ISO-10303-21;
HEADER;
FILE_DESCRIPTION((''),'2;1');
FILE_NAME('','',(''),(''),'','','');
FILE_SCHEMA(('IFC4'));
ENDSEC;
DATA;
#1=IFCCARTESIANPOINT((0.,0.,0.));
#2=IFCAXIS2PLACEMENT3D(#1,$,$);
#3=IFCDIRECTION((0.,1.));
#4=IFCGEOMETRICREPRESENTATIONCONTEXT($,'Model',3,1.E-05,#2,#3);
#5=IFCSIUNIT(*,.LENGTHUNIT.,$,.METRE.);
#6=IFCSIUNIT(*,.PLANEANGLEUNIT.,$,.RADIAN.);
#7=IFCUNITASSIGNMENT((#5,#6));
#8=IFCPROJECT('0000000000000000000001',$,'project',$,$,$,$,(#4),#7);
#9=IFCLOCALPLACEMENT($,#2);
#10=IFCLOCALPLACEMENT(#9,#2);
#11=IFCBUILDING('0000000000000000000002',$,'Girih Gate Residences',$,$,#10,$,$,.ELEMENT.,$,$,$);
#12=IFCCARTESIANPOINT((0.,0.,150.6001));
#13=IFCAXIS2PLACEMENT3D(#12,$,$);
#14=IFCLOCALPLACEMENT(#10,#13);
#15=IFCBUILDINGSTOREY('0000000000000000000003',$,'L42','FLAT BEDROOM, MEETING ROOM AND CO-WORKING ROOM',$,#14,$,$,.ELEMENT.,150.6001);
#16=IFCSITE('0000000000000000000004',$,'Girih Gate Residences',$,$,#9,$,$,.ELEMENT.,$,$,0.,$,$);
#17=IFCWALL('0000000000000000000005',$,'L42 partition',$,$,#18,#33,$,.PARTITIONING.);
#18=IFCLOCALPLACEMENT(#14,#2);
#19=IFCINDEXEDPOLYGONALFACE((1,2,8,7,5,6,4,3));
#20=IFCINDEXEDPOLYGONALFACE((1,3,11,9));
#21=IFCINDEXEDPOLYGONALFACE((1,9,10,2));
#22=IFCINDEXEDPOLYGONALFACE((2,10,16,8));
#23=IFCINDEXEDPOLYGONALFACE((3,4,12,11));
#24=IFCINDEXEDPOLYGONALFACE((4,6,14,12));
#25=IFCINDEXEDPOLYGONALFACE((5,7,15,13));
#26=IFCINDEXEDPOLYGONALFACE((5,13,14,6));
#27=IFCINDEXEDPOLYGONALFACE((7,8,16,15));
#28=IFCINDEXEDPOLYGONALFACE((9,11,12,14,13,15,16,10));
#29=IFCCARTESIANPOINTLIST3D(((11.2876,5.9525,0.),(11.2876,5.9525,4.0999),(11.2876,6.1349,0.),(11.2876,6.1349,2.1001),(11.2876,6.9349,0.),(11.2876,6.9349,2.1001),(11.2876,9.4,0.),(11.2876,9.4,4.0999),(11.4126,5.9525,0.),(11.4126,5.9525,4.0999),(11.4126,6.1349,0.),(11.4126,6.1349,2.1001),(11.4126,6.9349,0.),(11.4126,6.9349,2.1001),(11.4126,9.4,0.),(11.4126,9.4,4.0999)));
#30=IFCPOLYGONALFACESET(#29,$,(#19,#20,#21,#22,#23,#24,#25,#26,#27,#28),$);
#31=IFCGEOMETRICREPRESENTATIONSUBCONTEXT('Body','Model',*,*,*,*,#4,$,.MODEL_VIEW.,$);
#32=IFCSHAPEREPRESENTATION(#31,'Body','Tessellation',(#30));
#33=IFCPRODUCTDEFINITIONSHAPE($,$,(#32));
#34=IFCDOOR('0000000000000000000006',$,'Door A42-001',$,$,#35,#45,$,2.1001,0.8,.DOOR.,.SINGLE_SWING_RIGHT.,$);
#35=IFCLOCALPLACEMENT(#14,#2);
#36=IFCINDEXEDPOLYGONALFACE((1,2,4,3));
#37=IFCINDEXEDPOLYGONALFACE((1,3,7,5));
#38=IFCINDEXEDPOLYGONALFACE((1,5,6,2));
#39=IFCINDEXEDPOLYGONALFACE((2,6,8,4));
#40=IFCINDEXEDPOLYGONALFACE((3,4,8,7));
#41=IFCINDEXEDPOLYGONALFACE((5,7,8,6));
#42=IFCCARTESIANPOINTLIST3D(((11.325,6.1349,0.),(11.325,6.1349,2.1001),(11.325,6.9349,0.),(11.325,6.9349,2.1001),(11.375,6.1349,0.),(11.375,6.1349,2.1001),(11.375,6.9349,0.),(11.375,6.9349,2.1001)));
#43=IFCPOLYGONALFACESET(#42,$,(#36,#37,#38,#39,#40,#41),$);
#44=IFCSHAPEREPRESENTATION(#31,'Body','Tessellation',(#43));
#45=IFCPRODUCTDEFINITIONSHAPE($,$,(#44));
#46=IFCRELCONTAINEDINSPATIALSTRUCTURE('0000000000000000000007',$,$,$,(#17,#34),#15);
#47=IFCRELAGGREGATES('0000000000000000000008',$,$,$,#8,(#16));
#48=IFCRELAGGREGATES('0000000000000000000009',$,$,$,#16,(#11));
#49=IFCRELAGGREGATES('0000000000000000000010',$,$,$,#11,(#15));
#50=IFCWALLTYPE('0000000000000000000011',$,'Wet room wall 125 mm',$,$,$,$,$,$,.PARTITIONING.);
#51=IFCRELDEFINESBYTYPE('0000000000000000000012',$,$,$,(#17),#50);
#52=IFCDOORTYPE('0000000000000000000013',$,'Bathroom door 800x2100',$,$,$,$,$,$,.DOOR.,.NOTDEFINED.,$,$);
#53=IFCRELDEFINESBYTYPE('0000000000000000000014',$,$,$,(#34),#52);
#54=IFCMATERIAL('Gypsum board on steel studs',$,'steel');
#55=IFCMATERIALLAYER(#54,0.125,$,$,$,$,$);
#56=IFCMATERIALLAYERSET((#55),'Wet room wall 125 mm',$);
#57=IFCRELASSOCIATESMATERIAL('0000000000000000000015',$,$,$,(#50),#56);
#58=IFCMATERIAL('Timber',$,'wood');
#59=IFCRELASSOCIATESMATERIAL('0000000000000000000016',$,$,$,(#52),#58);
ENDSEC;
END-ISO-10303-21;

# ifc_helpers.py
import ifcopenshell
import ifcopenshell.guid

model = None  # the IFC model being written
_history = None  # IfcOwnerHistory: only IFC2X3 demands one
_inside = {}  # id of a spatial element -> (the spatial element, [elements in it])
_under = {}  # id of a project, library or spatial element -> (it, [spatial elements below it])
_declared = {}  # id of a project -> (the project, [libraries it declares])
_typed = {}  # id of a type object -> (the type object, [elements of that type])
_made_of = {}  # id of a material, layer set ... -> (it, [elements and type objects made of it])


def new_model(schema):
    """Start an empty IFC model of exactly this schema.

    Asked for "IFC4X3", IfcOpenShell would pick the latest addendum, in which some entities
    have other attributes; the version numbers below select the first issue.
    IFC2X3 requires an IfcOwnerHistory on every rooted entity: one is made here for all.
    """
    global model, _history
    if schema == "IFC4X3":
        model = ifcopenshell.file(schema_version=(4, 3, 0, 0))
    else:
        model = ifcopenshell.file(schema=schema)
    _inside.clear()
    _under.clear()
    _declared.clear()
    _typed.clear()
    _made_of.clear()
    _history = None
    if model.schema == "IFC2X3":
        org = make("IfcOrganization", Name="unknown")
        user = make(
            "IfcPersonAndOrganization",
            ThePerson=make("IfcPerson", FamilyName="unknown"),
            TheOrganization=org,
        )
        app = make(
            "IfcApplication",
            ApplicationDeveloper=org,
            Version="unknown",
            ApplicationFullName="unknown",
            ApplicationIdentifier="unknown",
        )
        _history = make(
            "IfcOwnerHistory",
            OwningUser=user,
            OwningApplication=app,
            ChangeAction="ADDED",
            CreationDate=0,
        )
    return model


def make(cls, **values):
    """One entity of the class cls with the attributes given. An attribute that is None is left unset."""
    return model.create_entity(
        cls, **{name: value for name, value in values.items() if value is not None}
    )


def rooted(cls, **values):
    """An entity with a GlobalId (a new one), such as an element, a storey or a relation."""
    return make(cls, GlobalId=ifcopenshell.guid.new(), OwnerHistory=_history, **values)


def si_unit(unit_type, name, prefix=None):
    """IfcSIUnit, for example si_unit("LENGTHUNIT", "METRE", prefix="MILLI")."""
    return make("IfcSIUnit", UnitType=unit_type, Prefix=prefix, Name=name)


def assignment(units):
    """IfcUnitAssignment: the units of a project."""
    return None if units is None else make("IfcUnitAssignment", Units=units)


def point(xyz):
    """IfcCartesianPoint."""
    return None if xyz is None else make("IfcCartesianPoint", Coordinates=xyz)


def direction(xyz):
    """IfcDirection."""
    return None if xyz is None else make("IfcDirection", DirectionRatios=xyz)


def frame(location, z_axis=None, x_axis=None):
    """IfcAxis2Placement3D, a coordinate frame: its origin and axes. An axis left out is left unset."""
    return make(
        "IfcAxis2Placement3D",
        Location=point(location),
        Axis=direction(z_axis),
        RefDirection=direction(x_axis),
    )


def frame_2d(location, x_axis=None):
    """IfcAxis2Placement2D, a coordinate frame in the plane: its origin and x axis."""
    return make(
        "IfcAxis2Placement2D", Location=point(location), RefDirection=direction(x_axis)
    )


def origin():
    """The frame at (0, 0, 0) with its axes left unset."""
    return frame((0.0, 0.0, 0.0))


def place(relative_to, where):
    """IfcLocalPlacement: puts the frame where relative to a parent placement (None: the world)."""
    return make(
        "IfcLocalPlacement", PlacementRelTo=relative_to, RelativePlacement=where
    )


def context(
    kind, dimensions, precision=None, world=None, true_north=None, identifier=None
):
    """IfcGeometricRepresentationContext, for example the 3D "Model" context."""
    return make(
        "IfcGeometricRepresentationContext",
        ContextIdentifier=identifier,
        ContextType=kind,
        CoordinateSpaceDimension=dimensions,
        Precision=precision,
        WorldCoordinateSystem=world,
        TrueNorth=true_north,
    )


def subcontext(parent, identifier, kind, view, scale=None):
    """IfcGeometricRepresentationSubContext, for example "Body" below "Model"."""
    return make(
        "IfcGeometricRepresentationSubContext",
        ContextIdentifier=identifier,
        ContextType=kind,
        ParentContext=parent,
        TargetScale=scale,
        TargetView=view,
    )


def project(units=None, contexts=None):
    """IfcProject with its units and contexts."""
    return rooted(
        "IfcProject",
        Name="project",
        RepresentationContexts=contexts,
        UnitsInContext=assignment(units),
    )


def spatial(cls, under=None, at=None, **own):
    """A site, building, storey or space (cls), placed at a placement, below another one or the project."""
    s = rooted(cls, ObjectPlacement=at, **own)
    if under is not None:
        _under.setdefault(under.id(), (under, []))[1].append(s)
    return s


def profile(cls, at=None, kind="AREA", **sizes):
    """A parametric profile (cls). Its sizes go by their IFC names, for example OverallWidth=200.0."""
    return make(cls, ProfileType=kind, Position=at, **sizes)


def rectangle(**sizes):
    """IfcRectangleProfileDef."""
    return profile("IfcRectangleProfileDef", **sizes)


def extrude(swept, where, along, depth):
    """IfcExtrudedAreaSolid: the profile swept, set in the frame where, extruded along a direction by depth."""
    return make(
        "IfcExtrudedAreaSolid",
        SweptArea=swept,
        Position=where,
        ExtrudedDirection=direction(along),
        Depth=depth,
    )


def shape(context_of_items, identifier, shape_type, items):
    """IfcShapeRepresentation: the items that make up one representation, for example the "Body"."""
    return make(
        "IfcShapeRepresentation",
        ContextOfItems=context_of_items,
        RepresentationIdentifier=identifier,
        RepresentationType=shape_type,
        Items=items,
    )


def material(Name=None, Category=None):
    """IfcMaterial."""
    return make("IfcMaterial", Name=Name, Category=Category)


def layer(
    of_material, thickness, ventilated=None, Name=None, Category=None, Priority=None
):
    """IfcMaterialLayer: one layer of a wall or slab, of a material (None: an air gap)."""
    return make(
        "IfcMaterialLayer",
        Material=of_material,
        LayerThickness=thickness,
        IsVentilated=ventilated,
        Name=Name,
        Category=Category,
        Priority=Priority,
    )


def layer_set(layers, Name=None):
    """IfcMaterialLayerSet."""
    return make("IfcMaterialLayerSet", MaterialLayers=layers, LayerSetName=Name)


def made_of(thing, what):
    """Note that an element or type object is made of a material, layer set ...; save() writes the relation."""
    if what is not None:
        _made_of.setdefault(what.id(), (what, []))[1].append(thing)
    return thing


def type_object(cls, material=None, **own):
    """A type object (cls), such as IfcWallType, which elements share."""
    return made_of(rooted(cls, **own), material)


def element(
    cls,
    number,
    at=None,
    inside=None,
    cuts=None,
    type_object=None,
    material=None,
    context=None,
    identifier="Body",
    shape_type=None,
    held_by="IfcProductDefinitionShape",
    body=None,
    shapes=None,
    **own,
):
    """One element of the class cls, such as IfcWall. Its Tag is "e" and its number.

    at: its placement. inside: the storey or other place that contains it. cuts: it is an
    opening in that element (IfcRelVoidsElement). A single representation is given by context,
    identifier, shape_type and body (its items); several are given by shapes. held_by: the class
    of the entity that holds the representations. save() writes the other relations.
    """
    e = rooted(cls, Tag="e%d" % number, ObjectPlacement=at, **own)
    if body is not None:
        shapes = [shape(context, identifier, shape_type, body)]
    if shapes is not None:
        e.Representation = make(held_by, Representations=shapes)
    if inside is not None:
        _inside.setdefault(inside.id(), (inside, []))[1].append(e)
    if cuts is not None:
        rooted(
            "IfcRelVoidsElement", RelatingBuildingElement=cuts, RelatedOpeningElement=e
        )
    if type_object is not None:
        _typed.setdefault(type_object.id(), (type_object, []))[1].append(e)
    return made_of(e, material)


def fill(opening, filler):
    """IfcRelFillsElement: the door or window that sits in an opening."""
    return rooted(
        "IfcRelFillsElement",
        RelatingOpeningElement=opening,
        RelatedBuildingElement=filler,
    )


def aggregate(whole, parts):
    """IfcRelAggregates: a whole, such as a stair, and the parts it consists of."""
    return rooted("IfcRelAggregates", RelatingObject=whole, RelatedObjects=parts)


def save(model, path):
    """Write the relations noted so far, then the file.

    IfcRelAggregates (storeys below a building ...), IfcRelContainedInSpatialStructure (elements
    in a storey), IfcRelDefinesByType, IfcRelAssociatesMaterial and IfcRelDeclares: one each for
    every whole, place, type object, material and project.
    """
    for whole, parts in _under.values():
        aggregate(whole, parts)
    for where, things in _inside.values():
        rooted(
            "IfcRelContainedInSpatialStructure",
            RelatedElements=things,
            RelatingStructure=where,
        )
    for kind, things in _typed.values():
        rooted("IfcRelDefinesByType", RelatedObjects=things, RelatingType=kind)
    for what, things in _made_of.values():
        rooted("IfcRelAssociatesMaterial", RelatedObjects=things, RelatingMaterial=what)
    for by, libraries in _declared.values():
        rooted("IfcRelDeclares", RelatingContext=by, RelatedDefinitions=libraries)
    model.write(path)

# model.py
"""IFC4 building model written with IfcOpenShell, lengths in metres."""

from ifc_helpers import new_model, si_unit, direction, frame, frame_2d, origin, place, context, subcontext, project, spatial, rectangle, extrude, material, layer, layer_set, type_object, element, fill, save


model = new_model("IFC4")

# Units and contexts
model_context = context("Model", 3, precision=1e-05, world=origin(), true_north=direction((0.0, 1.0)))
body_context = subcontext(model_context, "Body", "Model", "MODEL_VIEW")
ifc_project = project(units=[si_unit("LENGTHUNIT", "METRE"), si_unit("PLANEANGLEUNIT", "RADIAN")], contexts=[model_context])

# Site, building, storey
site_placement = place(None, origin())
site = spatial("IfcSite", under=ifc_project, at=site_placement, Name="Girih Gate Residences", CompositionType="ELEMENT", RefElevation=0.0)
building_placement = place(site_placement, origin())
building = spatial("IfcBuilding", under=site, at=building_placement, Name="Girih Gate Residences", CompositionType="ELEMENT")
storey_placement = place(building_placement, frame((0.0, 0.0, 150.6001)))
storey = spatial("IfcBuildingStorey", under=building, at=storey_placement, Name="L42", Description="FLAT BEDROOM, MEETING ROOM AND CO-WORKING ROOM", CompositionType="ELEMENT", Elevation=150.6001)

# Shared definitions
ifc_material_1 = material(Name="Gypsum board on steel studs", Category="steel")

# Shared definitions
ifc_material_2 = material(Name="Timber", Category="wood")

# Wall, opening, door
ifc_layer_1 = layer(ifc_material_1, 0.125)
ifc_layer_set_1 = layer_set([ifc_layer_1], Name="Wet room wall 125 mm")
wall_type_1 = type_object("IfcWallType", Name="Wet room wall 125 mm", PredefinedType="PARTITIONING", material=ifc_layer_set_1)
wall_1_placement = place(storey_placement, frame((11.3501, 9.3999, 0.0), z_axis=(0.0, 0.0, 1.0), x_axis=(0.0, -1.0, 0.0)))
wall_1 = element("IfcWall", 1, at=wall_1_placement, inside=storey, type_object=wall_type_1, Name="L42 partition", PredefinedType="PARTITIONING", context=body_context, shape_type="SweptSolid", body=[
    extrude(rectangle(XDim=3.4475, YDim=0.125, at=frame_2d((1.7236, 0.0))), origin(), (0.0, 0.0, 1.0), 4.0999),
])
opening_1_placement = place(wall_1_placement, frame((2.4651, 0.0, 0.0)))
opening_1 = element("IfcOpeningElement", 2, at=opening_1_placement, cuts=wall_1, PredefinedType="OPENING", context=body_context, shape_type="SweptSolid", body=[
    extrude(rectangle(XDim=0.8, YDim=2.1001, at=frame_2d((0.3999, 1.05))), frame((0.0, 0.0725, 0.0), z_axis=(0.0, -1.0, 0.0), x_axis=(1.0, 0.0, 0.0)), (0.0, 0.0, 1.0), 0.145),
])
door_type_1 = type_object("IfcDoorType", Name="Bathroom door 800x2100", OperationType="NOTDEFINED", PredefinedType="DOOR", material=ifc_material_2)
door_1_placement = place(opening_1_placement, origin())
door_1 = element("IfcDoor", 3, at=door_1_placement, inside=storey, type_object=door_type_1, Name="Door A42-001", OperationType="SINGLE_SWING_RIGHT", OverallHeight=2.1001, OverallWidth=0.8, PredefinedType="DOOR", context=body_context, shape_type="SweptSolid", body=[
    extrude(rectangle(XDim=0.8, YDim=2.1001, at=frame_2d((0.3999, 1.05))), frame((0.0, 0.0249, 0.0), z_axis=(0.0, -1.0, 0.0), x_axis=(1.0, 0.0, 0.0)), (0.0, 0.0, 1.0), 0.05),
])
fill(opening_1, door_1)

save(model, "model.ifc")
